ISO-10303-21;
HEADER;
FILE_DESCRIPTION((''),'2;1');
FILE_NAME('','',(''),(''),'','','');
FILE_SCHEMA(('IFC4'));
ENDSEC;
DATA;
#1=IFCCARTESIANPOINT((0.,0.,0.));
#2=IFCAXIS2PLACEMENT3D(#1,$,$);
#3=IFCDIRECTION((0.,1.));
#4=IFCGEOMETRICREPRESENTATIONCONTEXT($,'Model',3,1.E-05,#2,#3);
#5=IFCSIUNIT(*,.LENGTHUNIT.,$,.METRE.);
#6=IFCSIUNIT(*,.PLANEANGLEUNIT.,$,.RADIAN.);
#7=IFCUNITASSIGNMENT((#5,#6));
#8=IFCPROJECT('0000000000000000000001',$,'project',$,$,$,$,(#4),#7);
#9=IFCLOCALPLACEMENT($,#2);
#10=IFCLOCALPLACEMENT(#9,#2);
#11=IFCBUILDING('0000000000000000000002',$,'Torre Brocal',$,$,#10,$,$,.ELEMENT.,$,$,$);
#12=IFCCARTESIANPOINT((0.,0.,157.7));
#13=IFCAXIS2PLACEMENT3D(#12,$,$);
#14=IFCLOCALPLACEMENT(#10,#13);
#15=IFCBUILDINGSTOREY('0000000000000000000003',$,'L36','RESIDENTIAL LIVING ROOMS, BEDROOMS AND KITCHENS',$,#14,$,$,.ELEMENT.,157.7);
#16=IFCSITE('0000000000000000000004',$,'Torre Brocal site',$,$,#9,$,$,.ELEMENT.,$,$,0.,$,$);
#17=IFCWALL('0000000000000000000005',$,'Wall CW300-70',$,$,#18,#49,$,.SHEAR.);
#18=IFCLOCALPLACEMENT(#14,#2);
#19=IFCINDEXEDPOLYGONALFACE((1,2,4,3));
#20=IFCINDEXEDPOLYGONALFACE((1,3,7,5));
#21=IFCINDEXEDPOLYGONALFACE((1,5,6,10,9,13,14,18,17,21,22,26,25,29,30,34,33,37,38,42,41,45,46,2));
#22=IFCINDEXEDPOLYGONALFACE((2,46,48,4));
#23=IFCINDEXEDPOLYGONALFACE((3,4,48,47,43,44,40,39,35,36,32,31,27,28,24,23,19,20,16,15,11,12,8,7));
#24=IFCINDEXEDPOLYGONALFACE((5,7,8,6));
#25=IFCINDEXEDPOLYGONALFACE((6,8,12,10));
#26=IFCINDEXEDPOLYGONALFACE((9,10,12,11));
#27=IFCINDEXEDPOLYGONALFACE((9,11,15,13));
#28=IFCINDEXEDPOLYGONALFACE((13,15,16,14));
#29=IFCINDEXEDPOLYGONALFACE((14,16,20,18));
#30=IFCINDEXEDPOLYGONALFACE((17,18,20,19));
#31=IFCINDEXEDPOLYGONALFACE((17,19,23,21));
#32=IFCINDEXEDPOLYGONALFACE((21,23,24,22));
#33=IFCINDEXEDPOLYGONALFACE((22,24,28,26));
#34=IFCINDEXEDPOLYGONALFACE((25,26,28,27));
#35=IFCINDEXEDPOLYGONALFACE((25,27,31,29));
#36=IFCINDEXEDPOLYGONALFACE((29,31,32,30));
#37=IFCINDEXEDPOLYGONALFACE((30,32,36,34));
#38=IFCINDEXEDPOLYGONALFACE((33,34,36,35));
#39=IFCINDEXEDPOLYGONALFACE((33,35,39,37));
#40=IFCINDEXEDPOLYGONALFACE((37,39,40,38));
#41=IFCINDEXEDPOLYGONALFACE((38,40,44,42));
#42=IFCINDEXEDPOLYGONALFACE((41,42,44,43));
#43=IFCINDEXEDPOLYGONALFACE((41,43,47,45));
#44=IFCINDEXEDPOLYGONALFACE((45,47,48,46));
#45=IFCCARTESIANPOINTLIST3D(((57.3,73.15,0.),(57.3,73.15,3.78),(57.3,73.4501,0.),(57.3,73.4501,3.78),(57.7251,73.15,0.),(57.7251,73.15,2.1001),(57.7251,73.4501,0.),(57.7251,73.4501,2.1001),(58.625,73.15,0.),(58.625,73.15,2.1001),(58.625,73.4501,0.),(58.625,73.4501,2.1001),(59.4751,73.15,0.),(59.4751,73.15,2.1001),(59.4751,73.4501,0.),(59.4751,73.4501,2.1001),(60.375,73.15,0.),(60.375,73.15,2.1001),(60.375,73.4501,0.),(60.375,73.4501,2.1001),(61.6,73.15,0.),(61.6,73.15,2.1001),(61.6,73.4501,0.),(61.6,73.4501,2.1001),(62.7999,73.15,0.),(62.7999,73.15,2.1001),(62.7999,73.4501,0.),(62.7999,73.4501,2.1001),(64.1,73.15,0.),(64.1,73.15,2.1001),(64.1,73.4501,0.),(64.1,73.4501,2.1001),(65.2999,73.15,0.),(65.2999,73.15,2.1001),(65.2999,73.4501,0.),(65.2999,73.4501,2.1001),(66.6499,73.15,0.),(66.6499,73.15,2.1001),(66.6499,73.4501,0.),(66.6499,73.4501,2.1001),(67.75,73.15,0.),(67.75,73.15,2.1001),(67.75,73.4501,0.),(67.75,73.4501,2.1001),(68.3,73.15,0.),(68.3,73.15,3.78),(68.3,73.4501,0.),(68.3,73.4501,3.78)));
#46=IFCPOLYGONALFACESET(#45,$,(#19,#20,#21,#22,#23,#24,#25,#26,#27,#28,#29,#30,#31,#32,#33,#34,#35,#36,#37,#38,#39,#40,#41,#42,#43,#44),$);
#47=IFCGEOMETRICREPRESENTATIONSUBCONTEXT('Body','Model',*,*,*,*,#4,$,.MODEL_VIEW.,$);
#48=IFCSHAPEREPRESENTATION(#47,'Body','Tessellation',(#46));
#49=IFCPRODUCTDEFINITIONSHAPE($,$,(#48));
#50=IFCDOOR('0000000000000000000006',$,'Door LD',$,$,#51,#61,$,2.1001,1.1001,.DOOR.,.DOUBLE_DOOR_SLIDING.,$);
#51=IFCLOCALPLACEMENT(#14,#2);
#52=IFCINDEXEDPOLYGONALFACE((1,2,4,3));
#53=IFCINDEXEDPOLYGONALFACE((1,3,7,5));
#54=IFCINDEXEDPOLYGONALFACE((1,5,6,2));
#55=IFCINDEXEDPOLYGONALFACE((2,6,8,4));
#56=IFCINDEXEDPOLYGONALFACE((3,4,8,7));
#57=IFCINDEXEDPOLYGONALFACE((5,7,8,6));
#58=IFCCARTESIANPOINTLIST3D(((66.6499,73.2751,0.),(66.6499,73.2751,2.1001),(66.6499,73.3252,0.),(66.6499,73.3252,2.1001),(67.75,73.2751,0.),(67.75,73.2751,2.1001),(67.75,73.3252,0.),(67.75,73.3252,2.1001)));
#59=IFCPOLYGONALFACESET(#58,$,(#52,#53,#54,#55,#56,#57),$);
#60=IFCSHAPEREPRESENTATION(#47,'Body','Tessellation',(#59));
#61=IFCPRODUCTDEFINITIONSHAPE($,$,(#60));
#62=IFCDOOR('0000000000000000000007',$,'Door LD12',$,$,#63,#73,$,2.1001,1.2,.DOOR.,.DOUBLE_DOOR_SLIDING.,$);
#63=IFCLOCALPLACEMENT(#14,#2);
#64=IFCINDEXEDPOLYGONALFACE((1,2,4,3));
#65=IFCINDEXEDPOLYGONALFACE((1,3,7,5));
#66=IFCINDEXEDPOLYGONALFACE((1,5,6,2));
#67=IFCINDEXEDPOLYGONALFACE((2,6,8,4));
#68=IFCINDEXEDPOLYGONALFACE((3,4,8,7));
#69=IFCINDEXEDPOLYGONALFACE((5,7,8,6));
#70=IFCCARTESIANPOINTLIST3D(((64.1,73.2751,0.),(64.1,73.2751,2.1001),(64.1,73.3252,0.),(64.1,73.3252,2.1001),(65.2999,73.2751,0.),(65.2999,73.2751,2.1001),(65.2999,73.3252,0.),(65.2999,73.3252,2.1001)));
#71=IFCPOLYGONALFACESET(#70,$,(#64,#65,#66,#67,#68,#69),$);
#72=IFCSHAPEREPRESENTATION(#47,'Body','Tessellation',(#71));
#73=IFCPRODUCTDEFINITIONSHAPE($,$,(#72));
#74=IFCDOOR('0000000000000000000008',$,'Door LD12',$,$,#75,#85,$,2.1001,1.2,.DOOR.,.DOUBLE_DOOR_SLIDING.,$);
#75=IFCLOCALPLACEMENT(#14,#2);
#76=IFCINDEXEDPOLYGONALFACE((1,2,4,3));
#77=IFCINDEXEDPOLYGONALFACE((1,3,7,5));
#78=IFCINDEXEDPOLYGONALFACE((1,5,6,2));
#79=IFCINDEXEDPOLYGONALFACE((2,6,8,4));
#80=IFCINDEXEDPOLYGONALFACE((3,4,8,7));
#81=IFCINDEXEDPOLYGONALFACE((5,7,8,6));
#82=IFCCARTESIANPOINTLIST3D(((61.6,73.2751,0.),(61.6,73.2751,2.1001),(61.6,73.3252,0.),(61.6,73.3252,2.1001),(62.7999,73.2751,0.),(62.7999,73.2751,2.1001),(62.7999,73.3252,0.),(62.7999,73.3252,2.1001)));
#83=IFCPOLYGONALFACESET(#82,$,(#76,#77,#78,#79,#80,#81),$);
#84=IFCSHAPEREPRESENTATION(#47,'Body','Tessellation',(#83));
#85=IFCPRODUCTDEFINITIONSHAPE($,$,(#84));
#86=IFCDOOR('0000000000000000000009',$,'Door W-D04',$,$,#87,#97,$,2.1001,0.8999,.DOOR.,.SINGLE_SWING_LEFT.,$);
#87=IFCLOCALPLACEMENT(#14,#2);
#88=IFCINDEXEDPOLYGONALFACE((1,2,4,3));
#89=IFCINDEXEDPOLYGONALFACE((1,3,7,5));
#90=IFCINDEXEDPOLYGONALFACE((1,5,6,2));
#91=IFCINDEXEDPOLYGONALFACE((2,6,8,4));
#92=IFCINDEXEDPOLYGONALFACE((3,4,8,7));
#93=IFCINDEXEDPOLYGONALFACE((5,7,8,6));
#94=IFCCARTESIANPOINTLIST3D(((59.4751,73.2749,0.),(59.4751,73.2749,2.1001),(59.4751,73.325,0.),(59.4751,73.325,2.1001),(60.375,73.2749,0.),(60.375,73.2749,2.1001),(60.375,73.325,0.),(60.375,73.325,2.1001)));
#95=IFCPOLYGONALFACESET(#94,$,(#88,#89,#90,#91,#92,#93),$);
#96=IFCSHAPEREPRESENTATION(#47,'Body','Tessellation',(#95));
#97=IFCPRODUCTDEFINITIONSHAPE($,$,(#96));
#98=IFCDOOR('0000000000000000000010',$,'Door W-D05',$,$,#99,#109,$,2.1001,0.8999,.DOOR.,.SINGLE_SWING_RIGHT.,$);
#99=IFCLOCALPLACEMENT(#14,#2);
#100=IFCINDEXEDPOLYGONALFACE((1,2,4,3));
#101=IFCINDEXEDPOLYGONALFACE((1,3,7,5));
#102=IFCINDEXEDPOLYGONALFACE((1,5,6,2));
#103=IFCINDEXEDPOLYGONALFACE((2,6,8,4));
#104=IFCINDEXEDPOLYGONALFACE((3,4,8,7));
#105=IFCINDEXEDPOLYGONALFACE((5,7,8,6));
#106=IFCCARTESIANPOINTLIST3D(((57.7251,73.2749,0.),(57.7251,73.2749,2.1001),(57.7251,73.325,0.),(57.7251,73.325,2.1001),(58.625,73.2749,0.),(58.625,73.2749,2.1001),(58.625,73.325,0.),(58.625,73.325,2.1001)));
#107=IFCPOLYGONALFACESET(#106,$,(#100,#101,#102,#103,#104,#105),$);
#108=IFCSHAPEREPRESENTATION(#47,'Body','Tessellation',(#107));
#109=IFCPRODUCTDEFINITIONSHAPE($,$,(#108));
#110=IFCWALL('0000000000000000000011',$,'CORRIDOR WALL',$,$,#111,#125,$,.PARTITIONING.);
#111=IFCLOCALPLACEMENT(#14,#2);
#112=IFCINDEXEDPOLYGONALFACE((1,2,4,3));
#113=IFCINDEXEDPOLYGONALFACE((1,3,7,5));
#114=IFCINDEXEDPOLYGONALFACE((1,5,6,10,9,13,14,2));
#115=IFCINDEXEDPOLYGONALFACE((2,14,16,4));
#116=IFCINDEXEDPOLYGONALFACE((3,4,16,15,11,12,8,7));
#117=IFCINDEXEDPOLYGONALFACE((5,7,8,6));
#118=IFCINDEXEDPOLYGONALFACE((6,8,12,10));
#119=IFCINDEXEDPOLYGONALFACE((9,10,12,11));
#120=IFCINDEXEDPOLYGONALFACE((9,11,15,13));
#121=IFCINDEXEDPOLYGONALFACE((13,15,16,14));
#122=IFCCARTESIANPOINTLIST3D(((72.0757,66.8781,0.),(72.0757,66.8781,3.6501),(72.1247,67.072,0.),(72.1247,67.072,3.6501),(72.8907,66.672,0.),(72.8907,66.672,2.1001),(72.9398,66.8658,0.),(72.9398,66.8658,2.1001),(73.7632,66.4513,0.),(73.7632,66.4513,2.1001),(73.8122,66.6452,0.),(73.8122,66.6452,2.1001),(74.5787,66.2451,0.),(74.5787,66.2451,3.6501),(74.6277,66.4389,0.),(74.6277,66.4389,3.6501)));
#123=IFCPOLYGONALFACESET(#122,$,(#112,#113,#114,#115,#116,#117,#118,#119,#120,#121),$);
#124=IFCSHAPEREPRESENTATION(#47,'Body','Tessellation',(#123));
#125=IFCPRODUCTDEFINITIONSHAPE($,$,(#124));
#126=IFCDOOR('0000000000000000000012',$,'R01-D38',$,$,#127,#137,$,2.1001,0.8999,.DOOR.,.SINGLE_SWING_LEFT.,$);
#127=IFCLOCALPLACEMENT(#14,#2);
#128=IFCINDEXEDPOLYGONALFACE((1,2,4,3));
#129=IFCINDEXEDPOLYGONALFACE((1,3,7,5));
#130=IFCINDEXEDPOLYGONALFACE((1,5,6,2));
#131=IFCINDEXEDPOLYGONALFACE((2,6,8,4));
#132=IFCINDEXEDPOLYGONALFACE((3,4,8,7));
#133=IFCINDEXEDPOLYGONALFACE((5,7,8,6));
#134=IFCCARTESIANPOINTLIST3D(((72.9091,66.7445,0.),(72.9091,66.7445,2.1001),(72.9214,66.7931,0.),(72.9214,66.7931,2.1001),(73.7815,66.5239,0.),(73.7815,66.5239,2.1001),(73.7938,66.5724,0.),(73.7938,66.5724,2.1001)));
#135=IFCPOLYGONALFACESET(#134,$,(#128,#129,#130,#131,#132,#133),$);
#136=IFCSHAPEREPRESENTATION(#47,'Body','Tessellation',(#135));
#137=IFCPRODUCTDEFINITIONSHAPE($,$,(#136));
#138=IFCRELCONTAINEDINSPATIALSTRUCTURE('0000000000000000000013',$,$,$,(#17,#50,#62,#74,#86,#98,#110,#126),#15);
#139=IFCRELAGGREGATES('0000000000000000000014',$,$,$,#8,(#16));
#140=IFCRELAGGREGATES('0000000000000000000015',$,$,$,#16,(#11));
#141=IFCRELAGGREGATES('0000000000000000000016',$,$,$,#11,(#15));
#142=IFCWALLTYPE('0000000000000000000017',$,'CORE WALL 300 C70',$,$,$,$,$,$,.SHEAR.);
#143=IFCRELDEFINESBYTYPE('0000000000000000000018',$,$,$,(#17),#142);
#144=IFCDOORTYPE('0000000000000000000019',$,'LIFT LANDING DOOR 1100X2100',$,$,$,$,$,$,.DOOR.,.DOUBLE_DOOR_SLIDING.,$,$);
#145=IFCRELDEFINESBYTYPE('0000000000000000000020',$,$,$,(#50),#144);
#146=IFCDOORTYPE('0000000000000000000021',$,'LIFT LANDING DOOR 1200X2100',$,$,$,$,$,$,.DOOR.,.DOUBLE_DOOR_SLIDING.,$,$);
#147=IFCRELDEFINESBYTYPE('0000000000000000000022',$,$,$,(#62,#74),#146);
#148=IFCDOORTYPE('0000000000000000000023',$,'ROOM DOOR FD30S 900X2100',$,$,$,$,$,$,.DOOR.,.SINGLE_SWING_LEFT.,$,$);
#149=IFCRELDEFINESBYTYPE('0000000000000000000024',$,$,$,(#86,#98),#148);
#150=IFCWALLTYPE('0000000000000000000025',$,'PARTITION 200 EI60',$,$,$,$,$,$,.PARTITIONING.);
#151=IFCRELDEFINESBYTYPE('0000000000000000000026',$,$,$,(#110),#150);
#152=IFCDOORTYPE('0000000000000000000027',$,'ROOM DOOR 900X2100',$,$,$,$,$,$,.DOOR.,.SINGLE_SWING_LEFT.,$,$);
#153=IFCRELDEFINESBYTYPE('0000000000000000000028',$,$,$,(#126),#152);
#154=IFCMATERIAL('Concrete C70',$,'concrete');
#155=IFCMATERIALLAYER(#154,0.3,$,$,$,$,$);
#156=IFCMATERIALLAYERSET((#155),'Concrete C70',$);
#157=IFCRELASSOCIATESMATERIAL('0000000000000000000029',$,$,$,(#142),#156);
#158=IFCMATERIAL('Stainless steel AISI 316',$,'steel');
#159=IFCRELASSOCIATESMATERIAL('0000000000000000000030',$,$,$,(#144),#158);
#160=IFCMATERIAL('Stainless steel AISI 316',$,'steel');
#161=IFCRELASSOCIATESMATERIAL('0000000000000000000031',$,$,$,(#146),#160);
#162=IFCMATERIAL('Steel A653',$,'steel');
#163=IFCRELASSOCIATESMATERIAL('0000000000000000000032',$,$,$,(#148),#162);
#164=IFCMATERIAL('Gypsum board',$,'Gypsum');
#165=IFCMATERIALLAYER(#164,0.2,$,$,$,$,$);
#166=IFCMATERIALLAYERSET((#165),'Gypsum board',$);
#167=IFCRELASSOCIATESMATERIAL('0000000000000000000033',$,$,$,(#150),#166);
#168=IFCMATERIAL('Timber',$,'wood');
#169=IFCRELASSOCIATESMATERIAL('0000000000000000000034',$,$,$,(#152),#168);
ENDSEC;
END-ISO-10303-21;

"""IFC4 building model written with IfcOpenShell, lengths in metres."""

from ifc_helpers import new_model, si_unit, direction, frame, frame_2d, origin, place, context, subcontext, project, spatial, rectangle, extrude, material, layer, layer_set, type_object, element, fill, save


model = new_model("IFC4")

# Units and contexts
model_context = context("Model", 3, precision=1e-05, world=origin(), true_north=direction((0.0, 1.0)))
body_context = subcontext(model_context, "Body", "Model", "MODEL_VIEW")
ifc_project = project(units=[si_unit("LENGTHUNIT", "METRE"), si_unit("PLANEANGLEUNIT", "RADIAN")], contexts=[model_context])

# Site, building, storey
site_placement = place(None, origin())
site = spatial("IfcSite", under=ifc_project, at=site_placement, Name="Torre Brocal site", CompositionType="ELEMENT", RefElevation=0.0)
building_placement = place(site_placement, origin())
building = spatial("IfcBuilding", under=site, at=building_placement, Name="Torre Brocal", CompositionType="ELEMENT")
storey_placement = place(building_placement, frame((0.0, 0.0, 157.7)))
storey = spatial("IfcBuildingStorey", under=building, at=storey_placement, Name="L36", Description="RESIDENTIAL LIVING ROOMS, BEDROOMS AND KITCHENS", CompositionType="ELEMENT", Elevation=157.7)

# Shared definitions
ifc_material_1 = material(Name="Concrete C70", Category="concrete")
ifc_layer_1 = layer(ifc_material_1, 0.3)
ifc_layer_set_1 = layer_set([ifc_layer_1], Name="Concrete C70")
wall_type_1 = type_object("IfcWallType", Name="CORE WALL 300 C70", PredefinedType="SHEAR", material=ifc_layer_set_1)

# Wall, openings, doors
wall_1_placement = place(storey_placement, frame((68.3, 73.3, 0.0), z_axis=(0.0, 0.0, 1.0), x_axis=(-1.0, 0.0, 0.0)))
wall_1 = element("IfcWall", 1, at=wall_1_placement, inside=storey, type_object=wall_type_1, Name="Wall CW300-70", PredefinedType="SHEAR", context=body_context, shape_type="SweptSolid", body=[
    extrude(rectangle(XDim=11.0, YDim=0.3, at=frame_2d((5.5, 0.0))), origin(), (0.0, 0.0, 1.0), 3.78),
])
opening_1_placement = place(wall_1_placement, frame((0.55, 0.0, 0.0)))
opening_1 = element("IfcOpeningElement", 2, at=opening_1_placement, cuts=wall_1, PredefinedType="OPENING", context=body_context, shape_type="SweptSolid", body=[
    extrude(rectangle(XDim=1.1001, YDim=2.1001, at=frame_2d((0.55, 1.05))), frame((0.0, 0.1599, 0.0), z_axis=(0.0, -1.0, 0.0), x_axis=(1.0, 0.0, 0.0)), (0.0, 0.0, 1.0), 0.3201),
])
opening_2_placement = place(wall_1_placement, frame((3.0, 0.0, 0.0)))
opening_2 = element("IfcOpeningElement", 3, at=opening_2_placement, cuts=wall_1, PredefinedType="OPENING", context=body_context, shape_type="SweptSolid", body=[
    extrude(rectangle(XDim=1.2, YDim=2.1001, at=frame_2d((0.6001, 1.05))), frame((0.0, 0.1599, 0.0), z_axis=(0.0, -1.0, 0.0), x_axis=(1.0, 0.0, 0.0)), (0.0, 0.0, 1.0), 0.3201),
])
opening_3_placement = place(wall_1_placement, frame((5.5, 0.0, 0.0)))
opening_3 = element("IfcOpeningElement", 4, at=opening_3_placement, cuts=wall_1, PredefinedType="OPENING", context=body_context, shape_type="SweptSolid", body=[
    extrude(rectangle(XDim=1.2, YDim=2.1001, at=frame_2d((0.6001, 1.05))), frame((0.0, 0.1599, 0.0), z_axis=(0.0, -1.0, 0.0), x_axis=(1.0, 0.0, 0.0)), (0.0, 0.0, 1.0), 0.3201),
])
opening_4_placement = place(wall_1_placement, frame((7.925, 0.0, 0.0)))
opening_4 = element("IfcOpeningElement", 5, at=opening_4_placement, cuts=wall_1, PredefinedType="OPENING", context=body_context, shape_type="SweptSolid", body=[
    extrude(rectangle(XDim=0.8999, YDim=2.1001, at=frame_2d((0.45, 1.05))), frame((0.0, 0.1599, 0.0), z_axis=(0.0, -1.0, 0.0), x_axis=(1.0, 0.0, 0.0)), (0.0, 0.0, 1.0), 0.3201),
])
opening_5_placement = place(wall_1_placement, frame((9.675, 0.0, 0.0)))
opening_5 = element("IfcOpeningElement", 6, at=opening_5_placement, cuts=wall_1, PredefinedType="OPENING", context=body_context, shape_type="SweptSolid", body=[
    extrude(rectangle(XDim=0.8999, YDim=2.1001, at=frame_2d((0.45, 1.05))), frame((0.0, 0.1599, 0.0), z_axis=(0.0, -1.0, 0.0), x_axis=(1.0, 0.0, 0.0)), (0.0, 0.0, 1.0), 0.3201),
])
ifc_material_2 = material(Name="Stainless steel AISI 316", Category="steel")
door_type_1 = type_object("IfcDoorType", Name="LIFT LANDING DOOR 1100X2100", OperationType="DOUBLE_DOOR_SLIDING", PredefinedType="DOOR", material=ifc_material_2)
door_1_placement = place(opening_1_placement, origin())
door_1 = element("IfcDoor", 7, at=door_1_placement, inside=storey, type_object=door_type_1, Name="Door LD", OperationType="DOUBLE_DOOR_SLIDING", OverallHeight=2.1001, OverallWidth=1.1001, PredefinedType="DOOR", context=body_context, shape_type="SweptSolid", body=[
    extrude(rectangle(XDim=1.1001, YDim=2.1001, at=frame_2d((0.55, 1.05))), frame((0.0, 0.0249, 0.0), z_axis=(0.0, -1.0, 0.0), x_axis=(1.0, 0.0, 0.0)), (0.0, 0.0, 1.0), 0.05),
])
fill(opening_1, door_1)
ifc_material_3 = material(Name="Stainless steel AISI 316", Category="steel")
door_type_2 = type_object("IfcDoorType", Name="LIFT LANDING DOOR 1200X2100", OperationType="DOUBLE_DOOR_SLIDING", PredefinedType="DOOR", material=ifc_material_3)
door_2_placement = place(opening_2_placement, origin())
door_2 = element("IfcDoor", 8, at=door_2_placement, inside=storey, type_object=door_type_2, Name="Door LD12", OperationType="DOUBLE_DOOR_SLIDING", OverallHeight=2.1001, OverallWidth=1.2, PredefinedType="DOOR", context=body_context, shape_type="SweptSolid", body=[
    extrude(rectangle(XDim=1.2, YDim=2.1001, at=frame_2d((0.6001, 1.05))), frame((0.0, 0.0249, 0.0), z_axis=(0.0, -1.0, 0.0), x_axis=(1.0, 0.0, 0.0)), (0.0, 0.0, 1.0), 0.05),
])
fill(opening_2, door_2)
door_3_placement = place(opening_3_placement, origin())
door_3 = element("IfcDoor", 9, at=door_3_placement, inside=storey, type_object=door_type_2, Name="Door LD12", OperationType="DOUBLE_DOOR_SLIDING", OverallHeight=2.1001, OverallWidth=1.2, PredefinedType="DOOR", context=body_context, shape_type="SweptSolid", body=[
    extrude(rectangle(XDim=1.2, YDim=2.1001, at=frame_2d((0.6001, 1.05))), frame((0.0, 0.0249, 0.0), z_axis=(0.0, -1.0, 0.0), x_axis=(1.0, 0.0, 0.0)), (0.0, 0.0, 1.0), 0.05),
])
fill(opening_3, door_3)
ifc_material_4 = material(Name="Steel A653", Category="steel")
door_type_3 = type_object("IfcDoorType", Name="ROOM DOOR FD30S 900X2100", OperationType="SINGLE_SWING_LEFT", PredefinedType="DOOR", material=ifc_material_4)
door_4_placement = place(opening_4_placement, frame((0.8999, 0.0, 0.0), z_axis=(0.0, 0.0, 1.0), x_axis=(-1.0, 0.0, 0.0)))
door_4 = element("IfcDoor", 10, at=door_4_placement, inside=storey, type_object=door_type_3, Name="Door W-D04", OperationType="SINGLE_SWING_LEFT", OverallHeight=2.1001, OverallWidth=0.8999, PredefinedType="DOOR", context=body_context, shape_type="SweptSolid", body=[
    extrude(rectangle(XDim=0.8999, YDim=2.1001, at=frame_2d((0.45, 1.05))), frame((0.0, 0.0249, 0.0), z_axis=(0.0, -1.0, 0.0), x_axis=(1.0, 0.0, 0.0)), (0.0, 0.0, 1.0), 0.05),
])
fill(opening_4, door_4)
door_5_placement = place(opening_5_placement, frame((0.8999, 0.0, 0.0), z_axis=(0.0, 0.0, 1.0), x_axis=(-1.0, 0.0, 0.0)))
door_5 = element("IfcDoor", 11, at=door_5_placement, inside=storey, type_object=door_type_3, Name="Door W-D05", OperationType="SINGLE_SWING_RIGHT", OverallHeight=2.1001, OverallWidth=0.8999, PredefinedType="DOOR", context=body_context, shape_type="SweptSolid", body=[
    extrude(rectangle(XDim=0.8999, YDim=2.1001, at=frame_2d((0.45, 1.05))), frame((0.0, 0.0249, 0.0), z_axis=(0.0, -1.0, 0.0), x_axis=(1.0, 0.0, 0.0)), (0.0, 0.0, 1.0), 0.05),
])
fill(opening_5, door_5)

# Wall, opening, door
ifc_material_5 = material(Name="Gypsum board", Category="Gypsum")
ifc_layer_2 = layer(ifc_material_5, 0.2)
ifc_layer_set_2 = layer_set([ifc_layer_2], Name="Gypsum board")
wall_type_2 = type_object("IfcWallType", Name="PARTITION 200 EI60", PredefinedType="PARTITIONING", material=ifc_layer_set_2)
wall_2_placement = place(storey_placement, frame((72.1001, 66.9751, 0.0), z_axis=(0.0, 0.0, 1.0), x_axis=(0.969471, -0.245205, 0.0)))
wall_2 = element("IfcWall", 12, at=wall_2_placement, inside=storey, type_object=wall_type_2, Name="CORRIDOR WALL", PredefinedType="PARTITIONING", context=body_context, shape_type="SweptSolid", body=[
    extrude(rectangle(XDim=2.5818, YDim=0.2, at=frame_2d((1.291, 0.0))), origin(), (0.0, 0.0, 1.0), 3.6501),
])
opening_6_placement = place(wall_2_placement, frame((0.8408, 0.0, 0.0)))
opening_6 = element("IfcOpeningElement", 13, at=opening_6_placement, cuts=wall_2, PredefinedType="OPENING", context=body_context, shape_type="SweptSolid", body=[
    extrude(rectangle(XDim=0.8999, YDim=2.1001, at=frame_2d((0.45, 1.05))), frame((0.0, 0.1099, 0.0), z_axis=(0.0, -1.0, 0.0), x_axis=(1.0, 0.0, 0.0)), (0.0, 0.0, 1.0), 0.22),
])
ifc_material_6 = material(Name="Timber", Category="wood")
door_type_4 = type_object("IfcDoorType", Name="ROOM DOOR 900X2100", OperationType="SINGLE_SWING_LEFT", PredefinedType="DOOR", material=ifc_material_6)
door_6_placement = place(opening_6_placement, origin())
door_6 = element("IfcDoor", 14, at=door_6_placement, inside=storey, type_object=door_type_4, Name="R01-D38", OperationType="SINGLE_SWING_LEFT", OverallHeight=2.1001, OverallWidth=0.8999, PredefinedType="DOOR", context=body_context, shape_type="SweptSolid", body=[
    extrude(rectangle(XDim=0.8999, YDim=2.1001, at=frame_2d((0.45, 1.05))), frame((0.0, 0.0249, 0.0), z_axis=(0.0, -1.0, 0.0), x_axis=(1.0, 0.0, 0.0)), (0.0, 0.0, 1.0), 0.05),
])
fill(opening_6, door_6)

save(model, "model.ifc")
